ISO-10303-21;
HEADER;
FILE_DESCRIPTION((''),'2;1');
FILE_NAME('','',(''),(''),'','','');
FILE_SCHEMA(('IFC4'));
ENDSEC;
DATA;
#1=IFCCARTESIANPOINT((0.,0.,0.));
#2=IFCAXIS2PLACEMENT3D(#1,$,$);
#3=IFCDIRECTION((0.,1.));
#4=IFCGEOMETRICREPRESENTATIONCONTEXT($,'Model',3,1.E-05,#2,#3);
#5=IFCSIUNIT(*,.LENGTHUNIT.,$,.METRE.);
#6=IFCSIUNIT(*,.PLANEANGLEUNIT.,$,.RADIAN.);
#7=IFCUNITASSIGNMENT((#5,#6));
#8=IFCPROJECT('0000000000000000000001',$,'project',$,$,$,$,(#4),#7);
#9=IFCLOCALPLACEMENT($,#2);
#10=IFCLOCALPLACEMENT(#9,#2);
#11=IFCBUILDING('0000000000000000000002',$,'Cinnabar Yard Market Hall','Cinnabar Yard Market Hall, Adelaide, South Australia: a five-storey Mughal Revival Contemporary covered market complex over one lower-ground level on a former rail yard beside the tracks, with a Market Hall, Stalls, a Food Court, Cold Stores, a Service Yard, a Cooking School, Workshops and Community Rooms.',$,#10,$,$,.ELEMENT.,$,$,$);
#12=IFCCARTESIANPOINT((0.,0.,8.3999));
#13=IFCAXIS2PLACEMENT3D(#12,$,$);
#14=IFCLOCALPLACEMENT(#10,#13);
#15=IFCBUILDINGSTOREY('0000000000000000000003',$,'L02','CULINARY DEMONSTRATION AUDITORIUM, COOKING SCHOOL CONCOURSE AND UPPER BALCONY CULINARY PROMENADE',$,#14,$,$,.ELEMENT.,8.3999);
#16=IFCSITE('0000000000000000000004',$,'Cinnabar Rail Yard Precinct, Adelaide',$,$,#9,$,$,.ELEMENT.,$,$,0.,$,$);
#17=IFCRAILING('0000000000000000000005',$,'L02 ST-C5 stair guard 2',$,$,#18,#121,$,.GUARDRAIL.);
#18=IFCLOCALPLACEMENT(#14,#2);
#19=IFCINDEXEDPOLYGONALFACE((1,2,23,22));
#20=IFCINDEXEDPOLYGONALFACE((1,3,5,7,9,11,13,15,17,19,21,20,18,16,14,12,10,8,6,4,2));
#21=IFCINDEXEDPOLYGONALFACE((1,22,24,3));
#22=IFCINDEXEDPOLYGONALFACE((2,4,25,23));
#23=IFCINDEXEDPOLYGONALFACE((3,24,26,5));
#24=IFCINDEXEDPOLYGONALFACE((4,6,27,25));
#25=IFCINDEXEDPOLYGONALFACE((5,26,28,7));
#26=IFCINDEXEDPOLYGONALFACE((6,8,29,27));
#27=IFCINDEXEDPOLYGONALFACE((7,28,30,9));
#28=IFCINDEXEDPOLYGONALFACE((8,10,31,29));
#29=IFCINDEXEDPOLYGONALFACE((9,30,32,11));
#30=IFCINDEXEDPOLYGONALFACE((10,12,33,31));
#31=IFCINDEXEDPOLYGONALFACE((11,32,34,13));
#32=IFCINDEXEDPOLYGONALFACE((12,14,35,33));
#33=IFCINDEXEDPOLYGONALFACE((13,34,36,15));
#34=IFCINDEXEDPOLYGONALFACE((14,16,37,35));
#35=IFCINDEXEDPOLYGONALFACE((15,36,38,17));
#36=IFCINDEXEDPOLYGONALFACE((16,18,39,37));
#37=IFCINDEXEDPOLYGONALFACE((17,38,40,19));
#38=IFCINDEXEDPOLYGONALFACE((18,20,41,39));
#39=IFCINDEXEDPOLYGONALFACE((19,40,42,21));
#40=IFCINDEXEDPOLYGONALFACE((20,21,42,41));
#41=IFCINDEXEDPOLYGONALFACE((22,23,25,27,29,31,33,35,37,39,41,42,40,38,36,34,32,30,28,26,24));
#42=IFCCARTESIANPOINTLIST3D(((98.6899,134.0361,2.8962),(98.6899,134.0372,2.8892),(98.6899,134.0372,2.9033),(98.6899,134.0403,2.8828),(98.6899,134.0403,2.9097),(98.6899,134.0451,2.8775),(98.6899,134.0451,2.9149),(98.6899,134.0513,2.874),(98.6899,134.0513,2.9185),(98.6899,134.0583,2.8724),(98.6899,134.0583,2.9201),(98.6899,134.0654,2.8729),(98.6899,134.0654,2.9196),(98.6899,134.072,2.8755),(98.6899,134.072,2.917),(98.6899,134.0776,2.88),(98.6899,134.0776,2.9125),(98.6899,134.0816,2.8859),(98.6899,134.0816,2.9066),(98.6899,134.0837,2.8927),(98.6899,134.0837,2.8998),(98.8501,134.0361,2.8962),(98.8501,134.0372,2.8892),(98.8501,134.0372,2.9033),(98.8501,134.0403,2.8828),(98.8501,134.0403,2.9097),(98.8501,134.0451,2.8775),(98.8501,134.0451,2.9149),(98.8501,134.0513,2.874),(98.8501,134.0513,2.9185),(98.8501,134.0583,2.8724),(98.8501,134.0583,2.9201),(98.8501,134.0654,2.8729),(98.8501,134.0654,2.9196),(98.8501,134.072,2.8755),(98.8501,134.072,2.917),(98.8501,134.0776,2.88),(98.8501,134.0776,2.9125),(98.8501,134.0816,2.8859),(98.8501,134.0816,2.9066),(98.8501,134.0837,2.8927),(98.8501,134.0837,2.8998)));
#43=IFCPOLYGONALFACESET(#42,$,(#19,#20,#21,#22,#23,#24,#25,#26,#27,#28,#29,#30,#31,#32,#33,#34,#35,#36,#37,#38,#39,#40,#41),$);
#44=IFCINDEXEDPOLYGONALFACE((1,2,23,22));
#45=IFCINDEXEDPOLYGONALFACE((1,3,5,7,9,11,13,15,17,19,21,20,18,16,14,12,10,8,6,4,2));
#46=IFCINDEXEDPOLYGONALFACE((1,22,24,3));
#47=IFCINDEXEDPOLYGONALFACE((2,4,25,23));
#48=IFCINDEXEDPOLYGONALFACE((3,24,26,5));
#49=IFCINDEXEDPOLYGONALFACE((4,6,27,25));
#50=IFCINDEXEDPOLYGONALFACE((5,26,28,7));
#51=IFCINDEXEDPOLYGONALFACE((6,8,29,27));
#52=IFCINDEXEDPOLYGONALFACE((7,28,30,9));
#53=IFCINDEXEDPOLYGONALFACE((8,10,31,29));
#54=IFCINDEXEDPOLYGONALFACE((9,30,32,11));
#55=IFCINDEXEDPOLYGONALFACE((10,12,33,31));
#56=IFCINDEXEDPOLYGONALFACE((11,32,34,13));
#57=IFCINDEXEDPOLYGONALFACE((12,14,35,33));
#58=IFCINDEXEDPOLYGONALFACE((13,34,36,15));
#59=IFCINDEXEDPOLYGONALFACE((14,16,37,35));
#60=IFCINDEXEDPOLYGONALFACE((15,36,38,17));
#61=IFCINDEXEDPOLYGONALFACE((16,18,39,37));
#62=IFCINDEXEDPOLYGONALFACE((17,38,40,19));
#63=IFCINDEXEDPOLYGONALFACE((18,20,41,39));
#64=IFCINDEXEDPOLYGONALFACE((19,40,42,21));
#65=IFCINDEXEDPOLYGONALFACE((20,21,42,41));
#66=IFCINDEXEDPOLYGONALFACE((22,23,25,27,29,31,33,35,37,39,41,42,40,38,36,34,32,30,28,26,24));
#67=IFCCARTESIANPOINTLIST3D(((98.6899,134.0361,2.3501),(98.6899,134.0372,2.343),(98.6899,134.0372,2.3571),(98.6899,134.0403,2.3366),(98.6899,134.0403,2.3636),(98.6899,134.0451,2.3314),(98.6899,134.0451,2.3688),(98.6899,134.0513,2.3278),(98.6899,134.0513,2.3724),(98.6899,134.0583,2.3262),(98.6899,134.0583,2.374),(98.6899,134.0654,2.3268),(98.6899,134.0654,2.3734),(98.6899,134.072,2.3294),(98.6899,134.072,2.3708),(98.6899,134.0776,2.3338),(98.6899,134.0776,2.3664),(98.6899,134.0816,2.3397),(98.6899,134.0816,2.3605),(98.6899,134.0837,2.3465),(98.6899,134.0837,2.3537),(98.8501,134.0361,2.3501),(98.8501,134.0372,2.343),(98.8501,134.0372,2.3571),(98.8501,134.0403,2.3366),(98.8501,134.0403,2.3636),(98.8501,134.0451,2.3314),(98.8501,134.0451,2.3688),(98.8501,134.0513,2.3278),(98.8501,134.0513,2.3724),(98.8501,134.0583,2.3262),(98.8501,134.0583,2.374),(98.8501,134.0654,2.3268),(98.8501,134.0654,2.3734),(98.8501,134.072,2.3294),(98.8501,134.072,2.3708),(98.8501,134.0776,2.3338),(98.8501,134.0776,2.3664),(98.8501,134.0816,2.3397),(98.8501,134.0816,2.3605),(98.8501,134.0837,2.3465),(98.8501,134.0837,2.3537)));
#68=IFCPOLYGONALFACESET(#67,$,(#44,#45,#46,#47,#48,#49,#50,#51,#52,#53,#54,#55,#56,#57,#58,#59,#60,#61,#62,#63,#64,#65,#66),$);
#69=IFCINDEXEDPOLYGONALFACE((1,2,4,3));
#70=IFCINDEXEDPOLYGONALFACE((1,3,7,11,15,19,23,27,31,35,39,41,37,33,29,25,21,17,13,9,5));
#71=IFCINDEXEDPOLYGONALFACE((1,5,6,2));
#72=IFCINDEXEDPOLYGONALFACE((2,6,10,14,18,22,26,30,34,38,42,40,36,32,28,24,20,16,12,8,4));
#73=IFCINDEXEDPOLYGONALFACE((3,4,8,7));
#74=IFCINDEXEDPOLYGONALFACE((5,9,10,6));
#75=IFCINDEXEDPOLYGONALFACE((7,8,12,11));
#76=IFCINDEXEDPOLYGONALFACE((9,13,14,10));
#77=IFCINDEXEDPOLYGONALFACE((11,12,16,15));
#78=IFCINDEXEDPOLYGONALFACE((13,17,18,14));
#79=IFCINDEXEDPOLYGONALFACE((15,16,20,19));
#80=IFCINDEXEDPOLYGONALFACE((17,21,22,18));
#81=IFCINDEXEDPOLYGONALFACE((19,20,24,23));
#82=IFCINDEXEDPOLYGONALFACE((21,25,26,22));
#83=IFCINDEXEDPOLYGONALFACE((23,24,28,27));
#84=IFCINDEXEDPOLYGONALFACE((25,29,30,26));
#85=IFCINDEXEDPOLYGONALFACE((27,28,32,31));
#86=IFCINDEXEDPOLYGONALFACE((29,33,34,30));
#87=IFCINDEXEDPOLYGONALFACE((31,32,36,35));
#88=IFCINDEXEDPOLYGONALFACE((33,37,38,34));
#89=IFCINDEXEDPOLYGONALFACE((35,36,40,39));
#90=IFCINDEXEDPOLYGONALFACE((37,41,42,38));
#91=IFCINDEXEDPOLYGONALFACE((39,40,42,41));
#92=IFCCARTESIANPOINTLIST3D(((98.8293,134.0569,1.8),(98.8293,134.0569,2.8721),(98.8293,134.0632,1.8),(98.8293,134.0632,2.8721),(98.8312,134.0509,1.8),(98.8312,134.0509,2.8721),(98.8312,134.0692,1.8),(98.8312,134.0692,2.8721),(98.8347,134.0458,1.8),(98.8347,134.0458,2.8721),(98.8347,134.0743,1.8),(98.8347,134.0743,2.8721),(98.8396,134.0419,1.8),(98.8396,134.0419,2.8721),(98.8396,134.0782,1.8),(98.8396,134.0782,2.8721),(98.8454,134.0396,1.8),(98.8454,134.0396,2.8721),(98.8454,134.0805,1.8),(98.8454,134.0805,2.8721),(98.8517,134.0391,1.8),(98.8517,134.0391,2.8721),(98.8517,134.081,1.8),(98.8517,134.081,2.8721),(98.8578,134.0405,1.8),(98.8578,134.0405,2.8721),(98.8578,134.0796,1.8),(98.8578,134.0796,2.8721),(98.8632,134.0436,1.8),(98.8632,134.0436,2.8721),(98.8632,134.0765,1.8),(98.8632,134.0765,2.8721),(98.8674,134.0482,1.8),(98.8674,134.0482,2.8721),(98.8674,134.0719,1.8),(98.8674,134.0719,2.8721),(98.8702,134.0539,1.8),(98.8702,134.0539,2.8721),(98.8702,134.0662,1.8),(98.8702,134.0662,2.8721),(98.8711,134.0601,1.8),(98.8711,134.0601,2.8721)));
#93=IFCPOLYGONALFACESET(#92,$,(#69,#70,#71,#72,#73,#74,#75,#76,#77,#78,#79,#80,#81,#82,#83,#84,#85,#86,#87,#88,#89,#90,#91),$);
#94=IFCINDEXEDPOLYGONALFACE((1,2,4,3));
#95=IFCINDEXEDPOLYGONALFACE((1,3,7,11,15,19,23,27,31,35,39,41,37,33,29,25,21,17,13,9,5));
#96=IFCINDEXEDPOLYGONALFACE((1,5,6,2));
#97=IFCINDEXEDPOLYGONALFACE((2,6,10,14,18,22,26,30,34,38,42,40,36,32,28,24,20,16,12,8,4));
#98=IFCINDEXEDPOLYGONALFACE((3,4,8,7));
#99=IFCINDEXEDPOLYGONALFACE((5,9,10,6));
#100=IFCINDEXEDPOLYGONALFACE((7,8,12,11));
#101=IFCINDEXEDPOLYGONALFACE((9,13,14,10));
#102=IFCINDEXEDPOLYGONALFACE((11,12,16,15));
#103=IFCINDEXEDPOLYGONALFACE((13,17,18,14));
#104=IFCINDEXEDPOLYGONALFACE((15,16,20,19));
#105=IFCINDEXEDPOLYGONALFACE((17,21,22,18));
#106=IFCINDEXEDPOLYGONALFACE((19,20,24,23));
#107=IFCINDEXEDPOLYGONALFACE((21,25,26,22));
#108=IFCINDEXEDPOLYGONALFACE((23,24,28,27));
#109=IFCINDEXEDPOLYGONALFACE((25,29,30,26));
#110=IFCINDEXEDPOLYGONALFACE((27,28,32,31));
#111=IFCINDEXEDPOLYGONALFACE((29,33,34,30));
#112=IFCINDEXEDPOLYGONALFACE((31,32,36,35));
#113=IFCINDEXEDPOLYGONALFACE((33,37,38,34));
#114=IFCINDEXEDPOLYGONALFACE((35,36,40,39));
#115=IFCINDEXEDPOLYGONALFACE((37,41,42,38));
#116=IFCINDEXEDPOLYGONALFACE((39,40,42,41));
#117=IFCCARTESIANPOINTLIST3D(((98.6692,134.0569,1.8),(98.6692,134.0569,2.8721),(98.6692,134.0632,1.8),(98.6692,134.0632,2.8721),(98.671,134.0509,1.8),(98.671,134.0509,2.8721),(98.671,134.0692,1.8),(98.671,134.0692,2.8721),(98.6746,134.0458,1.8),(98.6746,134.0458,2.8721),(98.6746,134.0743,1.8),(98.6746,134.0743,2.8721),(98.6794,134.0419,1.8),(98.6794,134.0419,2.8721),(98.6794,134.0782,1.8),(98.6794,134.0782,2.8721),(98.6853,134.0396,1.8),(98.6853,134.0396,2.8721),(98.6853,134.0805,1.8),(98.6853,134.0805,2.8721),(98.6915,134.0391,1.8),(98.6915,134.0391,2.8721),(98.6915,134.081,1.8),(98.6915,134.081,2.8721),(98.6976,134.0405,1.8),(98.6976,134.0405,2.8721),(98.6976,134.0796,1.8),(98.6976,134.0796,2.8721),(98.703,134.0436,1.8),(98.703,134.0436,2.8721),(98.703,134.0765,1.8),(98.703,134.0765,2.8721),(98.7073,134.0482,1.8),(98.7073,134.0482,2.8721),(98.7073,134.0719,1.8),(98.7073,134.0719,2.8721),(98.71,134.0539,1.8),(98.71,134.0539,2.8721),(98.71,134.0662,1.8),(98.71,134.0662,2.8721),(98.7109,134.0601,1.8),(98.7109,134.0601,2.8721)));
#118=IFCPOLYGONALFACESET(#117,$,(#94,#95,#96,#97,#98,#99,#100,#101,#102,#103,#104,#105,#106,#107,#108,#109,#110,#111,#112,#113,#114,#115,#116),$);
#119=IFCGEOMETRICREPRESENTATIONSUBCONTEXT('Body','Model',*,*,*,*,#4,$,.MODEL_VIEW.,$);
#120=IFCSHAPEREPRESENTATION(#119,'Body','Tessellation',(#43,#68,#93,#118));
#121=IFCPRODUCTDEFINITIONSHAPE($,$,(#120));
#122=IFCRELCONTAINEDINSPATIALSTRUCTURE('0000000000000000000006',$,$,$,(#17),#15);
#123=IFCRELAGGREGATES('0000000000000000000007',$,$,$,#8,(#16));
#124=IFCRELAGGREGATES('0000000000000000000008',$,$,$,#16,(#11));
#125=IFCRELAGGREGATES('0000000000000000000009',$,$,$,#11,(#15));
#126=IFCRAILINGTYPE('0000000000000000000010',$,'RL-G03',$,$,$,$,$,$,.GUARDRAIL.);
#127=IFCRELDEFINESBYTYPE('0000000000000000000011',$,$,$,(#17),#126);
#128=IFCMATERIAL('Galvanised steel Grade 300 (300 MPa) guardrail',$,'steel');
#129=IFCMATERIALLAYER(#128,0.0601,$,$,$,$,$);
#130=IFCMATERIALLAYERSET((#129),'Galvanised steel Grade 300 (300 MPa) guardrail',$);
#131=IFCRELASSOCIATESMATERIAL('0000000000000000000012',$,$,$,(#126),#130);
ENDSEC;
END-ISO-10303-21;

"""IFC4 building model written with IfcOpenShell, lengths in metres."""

from ifc_helpers import new_model, si_unit, direction, frame, origin, origin_2d_with_axis, place, context, subcontext, project, spatial, circle, extrude, material, layer, layer_set, type_object, element, save


model = new_model("IFC4")

# Units and contexts
model_context = context("Model", 3, precision=1e-05, world=origin(), true_north=direction((0.0, 1.0)))
body_context = subcontext(model_context, "Body", "Model", "MODEL_VIEW")
ifc_project = project(units=[si_unit("LENGTHUNIT", "METRE"), si_unit("PLANEANGLEUNIT", "RADIAN")], contexts=[model_context])

# Site, building, storey
site_placement = place(None, origin())
site = spatial("IfcSite", under=ifc_project, at=site_placement, Name="Cinnabar Rail Yard Precinct, Adelaide", CompositionType="ELEMENT", RefElevation=0.0)
building_placement = place(site_placement, origin())
building = spatial("IfcBuilding", under=site, at=building_placement, Name="Cinnabar Yard Market Hall", Description="Cinnabar Yard Market Hall, Adelaide, South Australia: a five-storey Mughal Revival Contemporary covered market complex over one lower-ground level on a former rail yard beside the tracks, with a Market Hall, Stalls, a Food Court, Cold Stores, a Service Yard, a Cooking School, Workshops and Community Rooms.", CompositionType="ELEMENT")
storey_placement = place(building_placement, frame((0.0, 0.0, 8.3999)))
storey = spatial("IfcBuildingStorey", under=building, at=storey_placement, Name="L02", Description="CULINARY DEMONSTRATION AUDITORIUM, COOKING SCHOOL CONCOURSE AND UPPER BALCONY CULINARY PROMENADE", CompositionType="ELEMENT", Elevation=8.3999)

# Railing
ifc_material_1 = material(Name="Galvanised steel Grade 300 (300 MPa) guardrail", Category="steel")
ifc_layer_1 = layer(ifc_material_1, 0.0601)
ifc_layer_set_1 = layer_set([ifc_layer_1], Name="Galvanised steel Grade 300 (300 MPa) guardrail")
railing_type_1 = type_object("IfcRailingType", Name="RL-G03", PredefinedType="GUARDRAIL", material=ifc_layer_set_1)
railing_1_placement = place(storey_placement, frame((98.8501, 134.0601, 1.8)))
element("IfcRailing", 1, at=railing_1_placement, inside=storey, type_object=railing_type_1, Name="L02 ST-C5 stair guard 2", PredefinedType="GUARDRAIL", context=body_context, shape_type="SweptSolid", body=[
    extrude(circle(Radius=0.0239, at=origin_2d_with_axis()), frame((0.0, 0.0, 1.0962), z_axis=(-1.0, 0.0, 0.0), x_axis=(0.0, -1.0, 0.0)), (0.0, 0.0, 1.0), 0.1602),
    extrude(circle(Radius=0.0239, at=origin_2d_with_axis()), frame((0.0, 0.0, 0.55), z_axis=(-1.0, 0.0, 0.0), x_axis=(0.0, -1.0, 0.0)), (0.0, 0.0, 1.0), 0.1602),
    extrude(circle(Radius=0.021, at=origin_2d_with_axis()), origin(), (0.0, 0.0, 1.0), 1.072),
    extrude(circle(Radius=0.021, at=origin_2d_with_axis()), frame((-0.1602, 0.0, 0.0)), (0.0, 0.0, 1.0), 1.072),
])

save(model, "model.ifc")
